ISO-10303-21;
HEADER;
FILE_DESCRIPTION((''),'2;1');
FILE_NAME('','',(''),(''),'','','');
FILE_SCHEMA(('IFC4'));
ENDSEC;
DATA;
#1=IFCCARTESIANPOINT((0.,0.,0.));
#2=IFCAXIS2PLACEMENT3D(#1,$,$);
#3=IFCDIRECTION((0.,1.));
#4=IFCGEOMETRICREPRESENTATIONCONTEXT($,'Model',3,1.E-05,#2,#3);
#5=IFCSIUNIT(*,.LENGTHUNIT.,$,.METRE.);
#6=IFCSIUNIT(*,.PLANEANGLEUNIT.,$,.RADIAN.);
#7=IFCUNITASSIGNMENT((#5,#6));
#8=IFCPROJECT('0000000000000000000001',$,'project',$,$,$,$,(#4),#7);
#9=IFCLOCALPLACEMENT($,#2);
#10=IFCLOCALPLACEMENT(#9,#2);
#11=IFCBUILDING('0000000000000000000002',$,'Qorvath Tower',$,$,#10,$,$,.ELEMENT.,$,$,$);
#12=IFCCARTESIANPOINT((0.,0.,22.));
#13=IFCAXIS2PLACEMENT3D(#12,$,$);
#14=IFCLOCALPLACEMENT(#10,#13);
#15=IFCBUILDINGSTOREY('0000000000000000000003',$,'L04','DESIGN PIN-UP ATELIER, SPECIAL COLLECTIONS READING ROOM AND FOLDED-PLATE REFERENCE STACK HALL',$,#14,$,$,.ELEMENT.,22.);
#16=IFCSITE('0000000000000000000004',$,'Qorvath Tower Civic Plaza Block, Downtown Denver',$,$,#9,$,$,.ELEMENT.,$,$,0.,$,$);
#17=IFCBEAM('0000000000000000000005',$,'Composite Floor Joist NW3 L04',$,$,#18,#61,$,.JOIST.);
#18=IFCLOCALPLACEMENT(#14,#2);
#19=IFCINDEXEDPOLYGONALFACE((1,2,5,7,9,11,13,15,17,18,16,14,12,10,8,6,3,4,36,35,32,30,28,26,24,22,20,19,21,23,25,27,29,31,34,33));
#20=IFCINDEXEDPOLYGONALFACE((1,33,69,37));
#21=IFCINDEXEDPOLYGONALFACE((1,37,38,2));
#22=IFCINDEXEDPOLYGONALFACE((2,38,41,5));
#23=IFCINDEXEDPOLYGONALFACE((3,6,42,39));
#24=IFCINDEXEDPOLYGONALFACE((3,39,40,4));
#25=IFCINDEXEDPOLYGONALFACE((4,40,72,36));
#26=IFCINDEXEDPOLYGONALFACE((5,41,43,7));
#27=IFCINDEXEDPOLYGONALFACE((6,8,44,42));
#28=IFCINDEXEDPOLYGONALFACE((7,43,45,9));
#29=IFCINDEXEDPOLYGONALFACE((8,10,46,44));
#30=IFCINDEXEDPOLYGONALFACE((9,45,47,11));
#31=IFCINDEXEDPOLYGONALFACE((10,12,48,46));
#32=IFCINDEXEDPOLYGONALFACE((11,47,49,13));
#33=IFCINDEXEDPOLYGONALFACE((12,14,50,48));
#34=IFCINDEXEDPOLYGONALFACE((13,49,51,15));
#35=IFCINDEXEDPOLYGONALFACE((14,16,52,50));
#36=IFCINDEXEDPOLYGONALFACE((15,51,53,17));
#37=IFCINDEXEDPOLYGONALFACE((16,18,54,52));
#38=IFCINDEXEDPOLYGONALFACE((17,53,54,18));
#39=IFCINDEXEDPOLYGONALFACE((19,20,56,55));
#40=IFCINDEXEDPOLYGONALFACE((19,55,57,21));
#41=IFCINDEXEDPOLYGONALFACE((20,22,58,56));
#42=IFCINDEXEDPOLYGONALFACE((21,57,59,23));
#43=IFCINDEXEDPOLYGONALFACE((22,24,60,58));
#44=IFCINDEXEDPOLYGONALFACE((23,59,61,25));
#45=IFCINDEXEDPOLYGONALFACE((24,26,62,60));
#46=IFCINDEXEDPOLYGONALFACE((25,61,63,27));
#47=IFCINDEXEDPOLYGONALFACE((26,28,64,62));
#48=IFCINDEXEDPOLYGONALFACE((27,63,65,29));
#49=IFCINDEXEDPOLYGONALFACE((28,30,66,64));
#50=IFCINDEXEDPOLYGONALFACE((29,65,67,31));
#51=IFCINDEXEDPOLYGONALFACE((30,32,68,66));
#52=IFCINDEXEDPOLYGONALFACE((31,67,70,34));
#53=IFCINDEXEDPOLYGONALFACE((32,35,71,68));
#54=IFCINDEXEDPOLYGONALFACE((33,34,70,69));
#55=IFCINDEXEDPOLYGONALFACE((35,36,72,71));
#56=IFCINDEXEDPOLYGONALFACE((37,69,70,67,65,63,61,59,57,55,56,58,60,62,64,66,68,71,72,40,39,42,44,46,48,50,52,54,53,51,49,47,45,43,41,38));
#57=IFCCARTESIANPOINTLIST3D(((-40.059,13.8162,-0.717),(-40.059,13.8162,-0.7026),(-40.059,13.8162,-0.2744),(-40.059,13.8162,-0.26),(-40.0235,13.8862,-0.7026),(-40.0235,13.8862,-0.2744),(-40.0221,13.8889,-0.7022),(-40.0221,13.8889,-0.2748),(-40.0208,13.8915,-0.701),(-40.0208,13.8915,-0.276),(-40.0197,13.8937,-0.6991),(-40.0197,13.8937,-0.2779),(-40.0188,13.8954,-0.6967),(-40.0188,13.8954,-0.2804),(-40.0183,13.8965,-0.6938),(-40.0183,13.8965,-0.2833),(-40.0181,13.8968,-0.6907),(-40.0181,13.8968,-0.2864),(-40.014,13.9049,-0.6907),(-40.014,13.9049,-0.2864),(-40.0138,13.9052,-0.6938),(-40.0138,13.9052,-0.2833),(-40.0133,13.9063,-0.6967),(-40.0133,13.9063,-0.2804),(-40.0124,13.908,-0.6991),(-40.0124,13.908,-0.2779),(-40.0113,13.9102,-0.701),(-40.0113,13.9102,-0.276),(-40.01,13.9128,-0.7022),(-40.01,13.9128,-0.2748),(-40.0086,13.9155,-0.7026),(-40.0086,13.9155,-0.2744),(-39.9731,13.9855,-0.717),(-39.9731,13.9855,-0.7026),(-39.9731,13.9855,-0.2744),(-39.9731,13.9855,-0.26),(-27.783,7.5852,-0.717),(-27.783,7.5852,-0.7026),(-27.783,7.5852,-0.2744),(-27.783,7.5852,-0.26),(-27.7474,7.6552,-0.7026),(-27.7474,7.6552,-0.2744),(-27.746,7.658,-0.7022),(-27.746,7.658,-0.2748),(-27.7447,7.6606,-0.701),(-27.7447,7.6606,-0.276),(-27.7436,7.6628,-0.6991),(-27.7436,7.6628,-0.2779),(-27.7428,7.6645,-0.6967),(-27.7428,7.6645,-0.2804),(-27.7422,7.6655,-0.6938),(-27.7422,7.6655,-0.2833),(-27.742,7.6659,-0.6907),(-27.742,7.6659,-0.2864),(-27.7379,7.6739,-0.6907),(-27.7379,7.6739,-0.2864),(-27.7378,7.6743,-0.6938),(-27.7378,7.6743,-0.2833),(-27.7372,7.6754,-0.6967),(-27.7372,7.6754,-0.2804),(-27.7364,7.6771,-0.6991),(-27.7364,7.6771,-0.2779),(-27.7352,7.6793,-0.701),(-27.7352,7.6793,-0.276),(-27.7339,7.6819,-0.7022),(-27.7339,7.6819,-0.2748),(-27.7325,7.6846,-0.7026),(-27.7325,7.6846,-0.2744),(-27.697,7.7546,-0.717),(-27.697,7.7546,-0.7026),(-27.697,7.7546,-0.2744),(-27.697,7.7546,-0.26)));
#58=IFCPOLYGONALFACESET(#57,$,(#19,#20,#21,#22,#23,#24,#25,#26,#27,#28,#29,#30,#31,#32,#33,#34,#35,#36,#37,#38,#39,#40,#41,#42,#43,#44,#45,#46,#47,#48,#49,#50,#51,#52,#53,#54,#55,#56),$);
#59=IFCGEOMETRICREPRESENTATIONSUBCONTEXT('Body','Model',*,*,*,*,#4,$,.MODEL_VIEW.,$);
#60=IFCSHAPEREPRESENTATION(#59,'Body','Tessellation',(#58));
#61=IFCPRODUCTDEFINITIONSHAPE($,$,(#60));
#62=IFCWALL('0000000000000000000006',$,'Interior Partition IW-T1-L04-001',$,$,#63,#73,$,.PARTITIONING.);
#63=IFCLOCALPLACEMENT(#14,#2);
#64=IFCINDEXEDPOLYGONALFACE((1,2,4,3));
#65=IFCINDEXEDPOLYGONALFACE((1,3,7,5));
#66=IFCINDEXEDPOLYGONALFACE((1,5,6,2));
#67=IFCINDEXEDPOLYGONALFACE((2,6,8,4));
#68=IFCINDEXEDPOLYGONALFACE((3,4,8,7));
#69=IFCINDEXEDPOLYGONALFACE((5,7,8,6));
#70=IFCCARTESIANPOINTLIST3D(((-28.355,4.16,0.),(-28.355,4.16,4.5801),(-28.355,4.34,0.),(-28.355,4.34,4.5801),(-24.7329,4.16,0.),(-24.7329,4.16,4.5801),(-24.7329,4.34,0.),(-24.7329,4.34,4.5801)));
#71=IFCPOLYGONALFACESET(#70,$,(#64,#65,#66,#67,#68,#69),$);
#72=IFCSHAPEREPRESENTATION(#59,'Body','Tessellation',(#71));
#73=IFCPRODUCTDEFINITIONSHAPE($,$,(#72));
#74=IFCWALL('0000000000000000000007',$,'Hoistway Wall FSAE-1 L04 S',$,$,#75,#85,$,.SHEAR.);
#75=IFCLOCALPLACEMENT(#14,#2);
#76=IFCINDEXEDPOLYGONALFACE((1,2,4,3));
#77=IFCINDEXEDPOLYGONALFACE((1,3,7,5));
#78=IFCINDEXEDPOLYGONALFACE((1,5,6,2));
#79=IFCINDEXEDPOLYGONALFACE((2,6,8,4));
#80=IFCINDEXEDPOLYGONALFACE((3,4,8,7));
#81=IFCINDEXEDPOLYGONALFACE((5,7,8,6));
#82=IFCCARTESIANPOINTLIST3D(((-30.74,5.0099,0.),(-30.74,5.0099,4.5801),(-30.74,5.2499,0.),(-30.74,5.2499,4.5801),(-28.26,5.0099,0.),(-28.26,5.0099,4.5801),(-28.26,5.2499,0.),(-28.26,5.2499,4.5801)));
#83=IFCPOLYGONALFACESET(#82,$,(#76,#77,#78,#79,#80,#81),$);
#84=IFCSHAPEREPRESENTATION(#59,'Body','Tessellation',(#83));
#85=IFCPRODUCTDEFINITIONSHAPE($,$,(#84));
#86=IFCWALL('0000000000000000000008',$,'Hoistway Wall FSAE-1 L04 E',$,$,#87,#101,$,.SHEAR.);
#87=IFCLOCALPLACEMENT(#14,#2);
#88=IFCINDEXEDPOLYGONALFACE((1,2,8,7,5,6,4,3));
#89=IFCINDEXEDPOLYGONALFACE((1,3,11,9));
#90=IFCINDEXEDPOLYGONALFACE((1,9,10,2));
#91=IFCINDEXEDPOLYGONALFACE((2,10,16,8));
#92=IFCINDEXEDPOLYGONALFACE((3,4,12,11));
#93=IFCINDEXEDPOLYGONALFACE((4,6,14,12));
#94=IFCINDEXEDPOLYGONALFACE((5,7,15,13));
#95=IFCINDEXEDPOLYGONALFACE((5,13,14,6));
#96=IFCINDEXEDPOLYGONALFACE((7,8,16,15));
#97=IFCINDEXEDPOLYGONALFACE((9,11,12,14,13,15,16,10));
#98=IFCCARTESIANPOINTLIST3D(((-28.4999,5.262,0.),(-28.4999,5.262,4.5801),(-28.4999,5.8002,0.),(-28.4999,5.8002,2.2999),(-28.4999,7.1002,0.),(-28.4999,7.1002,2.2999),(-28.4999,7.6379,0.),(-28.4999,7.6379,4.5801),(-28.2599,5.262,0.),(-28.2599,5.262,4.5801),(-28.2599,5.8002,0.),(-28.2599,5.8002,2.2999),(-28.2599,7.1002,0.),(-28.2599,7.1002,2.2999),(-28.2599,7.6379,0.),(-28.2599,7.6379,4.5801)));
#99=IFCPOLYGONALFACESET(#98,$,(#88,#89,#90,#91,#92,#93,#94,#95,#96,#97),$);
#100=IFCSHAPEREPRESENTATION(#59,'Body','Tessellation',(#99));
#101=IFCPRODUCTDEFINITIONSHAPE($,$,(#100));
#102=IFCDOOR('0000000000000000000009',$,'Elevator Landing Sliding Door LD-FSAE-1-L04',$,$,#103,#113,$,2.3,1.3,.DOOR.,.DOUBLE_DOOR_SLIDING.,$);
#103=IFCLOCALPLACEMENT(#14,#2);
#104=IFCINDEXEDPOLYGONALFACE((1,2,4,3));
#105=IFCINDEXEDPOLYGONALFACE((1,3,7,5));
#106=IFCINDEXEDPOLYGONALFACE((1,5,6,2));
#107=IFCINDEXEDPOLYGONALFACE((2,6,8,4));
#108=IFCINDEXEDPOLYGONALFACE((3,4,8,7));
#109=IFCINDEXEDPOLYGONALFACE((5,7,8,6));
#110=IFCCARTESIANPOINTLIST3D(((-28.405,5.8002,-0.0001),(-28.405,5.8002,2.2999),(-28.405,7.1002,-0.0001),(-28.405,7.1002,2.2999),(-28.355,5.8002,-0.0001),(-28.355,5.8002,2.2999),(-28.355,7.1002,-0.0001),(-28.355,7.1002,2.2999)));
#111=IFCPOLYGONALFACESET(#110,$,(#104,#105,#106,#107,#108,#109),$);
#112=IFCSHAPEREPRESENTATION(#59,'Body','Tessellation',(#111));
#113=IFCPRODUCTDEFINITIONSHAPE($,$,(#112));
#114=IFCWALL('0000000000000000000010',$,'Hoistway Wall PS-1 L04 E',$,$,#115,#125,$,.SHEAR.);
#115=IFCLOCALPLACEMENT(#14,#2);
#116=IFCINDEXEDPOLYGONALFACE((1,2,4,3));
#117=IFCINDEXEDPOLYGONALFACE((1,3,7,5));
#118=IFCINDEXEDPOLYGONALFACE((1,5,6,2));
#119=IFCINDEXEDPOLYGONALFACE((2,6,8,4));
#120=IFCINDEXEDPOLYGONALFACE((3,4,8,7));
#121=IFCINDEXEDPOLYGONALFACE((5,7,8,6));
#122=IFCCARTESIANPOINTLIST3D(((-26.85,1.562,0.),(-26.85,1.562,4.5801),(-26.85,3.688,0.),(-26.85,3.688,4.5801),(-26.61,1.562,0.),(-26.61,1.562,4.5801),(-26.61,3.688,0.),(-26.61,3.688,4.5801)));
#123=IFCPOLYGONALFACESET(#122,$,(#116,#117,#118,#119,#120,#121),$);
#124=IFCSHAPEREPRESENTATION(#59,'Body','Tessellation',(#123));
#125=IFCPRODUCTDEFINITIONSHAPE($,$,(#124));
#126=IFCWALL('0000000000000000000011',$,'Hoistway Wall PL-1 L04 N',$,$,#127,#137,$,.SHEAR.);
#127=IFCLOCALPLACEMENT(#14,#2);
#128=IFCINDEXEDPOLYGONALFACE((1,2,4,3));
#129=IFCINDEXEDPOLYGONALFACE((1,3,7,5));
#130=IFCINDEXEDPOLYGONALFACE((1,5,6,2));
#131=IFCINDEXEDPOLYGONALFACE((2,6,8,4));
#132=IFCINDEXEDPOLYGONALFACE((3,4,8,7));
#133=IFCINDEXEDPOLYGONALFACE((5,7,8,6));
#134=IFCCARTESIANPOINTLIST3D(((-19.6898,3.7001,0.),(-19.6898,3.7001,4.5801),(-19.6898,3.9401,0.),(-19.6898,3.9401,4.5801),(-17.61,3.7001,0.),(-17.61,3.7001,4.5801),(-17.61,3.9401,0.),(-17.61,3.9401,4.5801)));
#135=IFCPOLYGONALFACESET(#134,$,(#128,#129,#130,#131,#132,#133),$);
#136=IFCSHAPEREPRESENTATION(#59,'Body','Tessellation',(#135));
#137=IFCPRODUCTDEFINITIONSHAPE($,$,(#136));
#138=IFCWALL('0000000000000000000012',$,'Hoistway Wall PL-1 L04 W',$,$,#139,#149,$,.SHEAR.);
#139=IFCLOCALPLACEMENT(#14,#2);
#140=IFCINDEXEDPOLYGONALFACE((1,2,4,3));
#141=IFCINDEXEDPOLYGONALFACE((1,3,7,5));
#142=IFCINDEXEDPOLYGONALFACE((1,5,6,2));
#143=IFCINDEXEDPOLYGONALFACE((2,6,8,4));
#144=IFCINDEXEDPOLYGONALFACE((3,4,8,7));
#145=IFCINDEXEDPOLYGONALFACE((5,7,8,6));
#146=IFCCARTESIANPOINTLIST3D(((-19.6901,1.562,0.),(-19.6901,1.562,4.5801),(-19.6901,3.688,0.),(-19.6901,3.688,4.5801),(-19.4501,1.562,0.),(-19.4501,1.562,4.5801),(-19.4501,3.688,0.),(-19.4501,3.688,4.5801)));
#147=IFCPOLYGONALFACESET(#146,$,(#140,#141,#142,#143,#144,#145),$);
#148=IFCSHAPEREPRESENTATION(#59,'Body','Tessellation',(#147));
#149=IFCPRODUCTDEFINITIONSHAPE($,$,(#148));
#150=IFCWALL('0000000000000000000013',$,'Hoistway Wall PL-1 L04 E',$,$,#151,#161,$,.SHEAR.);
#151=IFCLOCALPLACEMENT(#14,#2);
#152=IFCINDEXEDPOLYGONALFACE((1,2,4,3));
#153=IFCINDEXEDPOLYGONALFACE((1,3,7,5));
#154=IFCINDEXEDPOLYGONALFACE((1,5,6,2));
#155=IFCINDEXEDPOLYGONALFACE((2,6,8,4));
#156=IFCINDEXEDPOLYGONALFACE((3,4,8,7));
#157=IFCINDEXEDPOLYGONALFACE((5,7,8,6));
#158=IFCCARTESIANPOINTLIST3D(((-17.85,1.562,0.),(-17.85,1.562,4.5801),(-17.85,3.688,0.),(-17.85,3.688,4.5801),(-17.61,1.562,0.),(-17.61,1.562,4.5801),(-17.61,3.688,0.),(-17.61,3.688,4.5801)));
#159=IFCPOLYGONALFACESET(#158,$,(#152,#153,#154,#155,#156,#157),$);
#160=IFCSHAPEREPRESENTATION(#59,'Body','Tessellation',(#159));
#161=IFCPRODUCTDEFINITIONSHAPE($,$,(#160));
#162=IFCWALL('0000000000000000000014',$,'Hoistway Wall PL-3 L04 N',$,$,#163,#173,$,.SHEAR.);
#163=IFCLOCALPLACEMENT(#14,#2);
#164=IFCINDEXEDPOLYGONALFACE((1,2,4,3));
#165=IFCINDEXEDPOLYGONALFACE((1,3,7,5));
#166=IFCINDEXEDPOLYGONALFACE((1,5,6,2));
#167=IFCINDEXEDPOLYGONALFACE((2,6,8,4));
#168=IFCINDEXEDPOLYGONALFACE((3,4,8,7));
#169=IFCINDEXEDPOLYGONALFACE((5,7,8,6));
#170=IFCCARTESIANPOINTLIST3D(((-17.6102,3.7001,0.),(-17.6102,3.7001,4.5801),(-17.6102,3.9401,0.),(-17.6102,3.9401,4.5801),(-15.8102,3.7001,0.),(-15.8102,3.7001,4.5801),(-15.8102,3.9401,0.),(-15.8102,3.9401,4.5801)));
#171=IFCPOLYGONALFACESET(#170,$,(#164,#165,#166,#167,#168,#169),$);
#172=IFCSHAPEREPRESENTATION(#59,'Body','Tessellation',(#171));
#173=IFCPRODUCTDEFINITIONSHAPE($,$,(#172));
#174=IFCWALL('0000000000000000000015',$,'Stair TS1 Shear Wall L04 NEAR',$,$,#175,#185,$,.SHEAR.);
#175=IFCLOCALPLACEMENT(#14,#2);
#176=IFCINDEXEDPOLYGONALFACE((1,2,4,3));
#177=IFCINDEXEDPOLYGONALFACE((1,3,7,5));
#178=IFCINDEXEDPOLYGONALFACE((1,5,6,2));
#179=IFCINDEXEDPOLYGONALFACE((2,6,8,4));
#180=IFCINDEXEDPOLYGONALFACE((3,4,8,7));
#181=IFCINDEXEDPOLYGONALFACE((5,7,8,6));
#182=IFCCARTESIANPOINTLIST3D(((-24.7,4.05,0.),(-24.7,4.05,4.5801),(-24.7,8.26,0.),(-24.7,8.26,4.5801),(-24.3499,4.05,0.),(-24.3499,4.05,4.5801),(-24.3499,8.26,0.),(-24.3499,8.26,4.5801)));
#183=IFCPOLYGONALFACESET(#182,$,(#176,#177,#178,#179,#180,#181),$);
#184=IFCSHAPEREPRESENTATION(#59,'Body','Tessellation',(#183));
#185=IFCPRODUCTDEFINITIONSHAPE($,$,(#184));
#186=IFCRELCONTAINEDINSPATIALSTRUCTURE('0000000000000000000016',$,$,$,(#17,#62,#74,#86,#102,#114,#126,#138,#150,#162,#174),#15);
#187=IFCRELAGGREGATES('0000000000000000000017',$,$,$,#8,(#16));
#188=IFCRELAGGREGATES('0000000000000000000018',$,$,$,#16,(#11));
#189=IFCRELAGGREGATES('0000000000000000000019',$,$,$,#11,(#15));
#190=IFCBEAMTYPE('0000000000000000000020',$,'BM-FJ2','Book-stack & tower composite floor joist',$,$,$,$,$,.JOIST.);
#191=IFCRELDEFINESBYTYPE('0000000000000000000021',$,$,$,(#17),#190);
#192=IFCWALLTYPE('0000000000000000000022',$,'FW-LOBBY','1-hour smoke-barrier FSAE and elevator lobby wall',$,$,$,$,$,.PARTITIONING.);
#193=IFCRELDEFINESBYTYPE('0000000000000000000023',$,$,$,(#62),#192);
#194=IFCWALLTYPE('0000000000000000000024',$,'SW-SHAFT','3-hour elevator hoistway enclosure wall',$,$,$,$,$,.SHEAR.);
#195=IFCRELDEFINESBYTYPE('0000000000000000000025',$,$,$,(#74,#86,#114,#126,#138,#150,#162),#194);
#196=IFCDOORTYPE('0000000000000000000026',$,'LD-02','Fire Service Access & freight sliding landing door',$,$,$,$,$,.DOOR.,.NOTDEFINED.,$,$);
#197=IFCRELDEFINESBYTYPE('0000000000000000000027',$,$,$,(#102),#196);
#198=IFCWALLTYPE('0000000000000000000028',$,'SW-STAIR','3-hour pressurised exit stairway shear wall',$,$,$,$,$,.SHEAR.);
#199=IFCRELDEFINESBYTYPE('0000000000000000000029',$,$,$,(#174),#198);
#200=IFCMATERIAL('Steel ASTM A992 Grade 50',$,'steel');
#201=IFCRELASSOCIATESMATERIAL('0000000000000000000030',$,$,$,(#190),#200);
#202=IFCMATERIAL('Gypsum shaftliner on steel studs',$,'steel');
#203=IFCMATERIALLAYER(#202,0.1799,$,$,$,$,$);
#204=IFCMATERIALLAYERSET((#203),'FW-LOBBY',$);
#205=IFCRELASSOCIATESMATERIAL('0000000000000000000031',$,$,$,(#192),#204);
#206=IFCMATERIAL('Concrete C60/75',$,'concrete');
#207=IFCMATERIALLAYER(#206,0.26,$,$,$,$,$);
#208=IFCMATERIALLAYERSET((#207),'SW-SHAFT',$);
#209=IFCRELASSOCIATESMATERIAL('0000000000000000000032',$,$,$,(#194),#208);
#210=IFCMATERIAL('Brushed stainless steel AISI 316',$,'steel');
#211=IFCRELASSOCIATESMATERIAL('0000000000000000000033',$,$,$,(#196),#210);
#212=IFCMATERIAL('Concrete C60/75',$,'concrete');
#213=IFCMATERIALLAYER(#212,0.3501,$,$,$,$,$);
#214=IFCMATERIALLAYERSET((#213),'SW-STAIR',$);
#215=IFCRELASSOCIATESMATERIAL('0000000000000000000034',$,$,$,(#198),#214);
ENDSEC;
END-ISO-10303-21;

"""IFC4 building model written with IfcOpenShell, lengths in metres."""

from ifc_helpers import new_model, si_unit, direction, frame, frame_2d, origin, origin_2d, place, context, subcontext, project, spatial, rectangle, i_section, extrude, material, layer, layer_set, material_profile, profile_set, type_object, element, fill, save


model = new_model("IFC4")

# Units and contexts
model_context = context("Model", 3, precision=1e-05, world=origin(), true_north=direction((0.0, 1.0)))
body_context = subcontext(model_context, "Body", "Model", "MODEL_VIEW")
ifc_project = project(units=[si_unit("LENGTHUNIT", "METRE"), si_unit("PLANEANGLEUNIT", "RADIAN")], contexts=[model_context])

# Site, building, storey
site_placement = place(None, origin())
site = spatial("IfcSite", under=ifc_project, at=site_placement, Name="Qorvath Tower Civic Plaza Block, Downtown Denver", CompositionType="ELEMENT", RefElevation=0.0)
building_placement = place(site_placement, origin())
building = spatial("IfcBuilding", under=site, at=building_placement, Name="Qorvath Tower", CompositionType="ELEMENT")
storey_placement = place(building_placement, frame((0.0, 0.0, 22.0)))
storey = spatial("IfcBuildingStorey", under=building, at=storey_placement, Name="L04", Description="DESIGN PIN-UP ATELIER, SPECIAL COLLECTIONS READING ROOM AND FOLDED-PLATE REFERENCE STACK HALL", CompositionType="ELEMENT", Elevation=22.0)

# Beam
ifc_material_1 = material(Name="Steel ASTM A992 Grade 50", Category="steel")
ifc_material_profile = material_profile(ifc_material_1, i_section(OverallWidth=0.1899, OverallDepth=0.457, WebThickness=0.009, FlangeThickness=0.0144, FilletRadius=0.012, at=origin_2d()), Name="W18x50")
ifc_profile_set = profile_set([ifc_material_profile], Name="Steel ASTM A992 Grade 50")
beam_type = type_object("IfcBeamType", Name="BM-FJ2", Description="Book-stack & tower composite floor joist", PredefinedType="JOIST", material=ifc_profile_set)
beam_placement = place(storey_placement, frame((-27.74, 7.6699, -0.4885), z_axis=(-0.891712, 0.452604, 0.0), x_axis=(-0.452604, -0.891712, 0.0)))
element("IfcBeam", 1, at=beam_placement, inside=storey, type_object=beam_type, Name="Composite Floor Joist NW3 L04", PredefinedType="JOIST", context=body_context, shape_type="SweptSolid", body=[
    extrude(i_section(OverallWidth=0.1899, OverallDepth=0.457, WebThickness=0.009, FlangeThickness=0.0144, FilletRadius=0.012, at=origin_2d()), origin(), (0.0, 0.0, 1.0), 13.7668),
])

# Wall
ifc_material_2 = material(Name="Gypsum shaftliner on steel studs", Category="steel")
ifc_layer_1 = layer(ifc_material_2, 0.1799)
ifc_layer_set_1 = layer_set([ifc_layer_1], Name="FW-LOBBY")
wall_type_1 = type_object("IfcWallType", Name="FW-LOBBY", Description="1-hour smoke-barrier FSAE and elevator lobby wall", PredefinedType="PARTITIONING", material=ifc_layer_set_1)
wall_1_placement = place(storey_placement, frame((-28.355, 4.25, 0.0), z_axis=(0.0, 0.0, 1.0), x_axis=(1.0, 0.0, 0.0)))
element("IfcWall", 2, at=wall_1_placement, inside=storey, type_object=wall_type_1, Name="Interior Partition IW-T1-L04-001", PredefinedType="PARTITIONING", context=body_context, shape_type="SweptSolid", body=[
    extrude(rectangle(XDim=3.6221, YDim=0.1799, at=frame_2d((1.811, 0.0))), origin(), (0.0, 0.0, 1.0), 4.5801),
])

# Wall
ifc_material_3 = material(Name="Concrete C60/75", Category="concrete")
ifc_layer_2 = layer(ifc_material_3, 0.26)
ifc_layer_set_2 = layer_set([ifc_layer_2], Name="SW-SHAFT")
wall_type_2 = type_object("IfcWallType", Name="SW-SHAFT", Description="3-hour elevator hoistway enclosure wall", PredefinedType="SHEAR", material=ifc_layer_set_2)
wall_2_placement = place(storey_placement, frame((-28.26, 5.1299, 0.0), z_axis=(0.0, 0.0, 1.0), x_axis=(-1.0, 0.0, 0.0)))
element("IfcWall", 3, at=wall_2_placement, inside=storey, type_object=wall_type_2, Name="Hoistway Wall FSAE-1 L04 S", PredefinedType="SHEAR", context=body_context, shape_type="SweptSolid", body=[
    extrude(rectangle(XDim=2.48, YDim=0.24, at=frame_2d((1.24, 0.0))), origin(), (0.0, 0.0, 1.0), 4.5801),
])

# Wall, opening, door
wall_3_placement = place(storey_placement, frame((-28.3799, 7.6379, 0.0), z_axis=(0.0, 0.0, 1.0), x_axis=(0.0, -1.0, 0.0)))
wall_3 = element("IfcWall", 4, at=wall_3_placement, inside=storey, type_object=wall_type_2, Name="Hoistway Wall FSAE-1 L04 E", PredefinedType="SHEAR", context=body_context, shape_type="SweptSolid", body=[
    extrude(rectangle(XDim=2.376, YDim=0.24, at=frame_2d((1.188, 0.0))), origin(), (0.0, 0.0, 1.0), 4.5801),
])
opening_1_placement = place(wall_3_placement, frame((0.5378, 0.0, 0.0)))
opening_1 = element("IfcOpeningElement", 5, at=opening_1_placement, cuts=wall_3, PredefinedType="OPENING", context=body_context, shape_type="SweptSolid", body=[
    extrude(rectangle(XDim=1.3, YDim=2.3, at=frame_2d((0.6499, 1.1499))), frame((0.0, 0.1299, 0.0), z_axis=(0.0, -1.0, 0.0), x_axis=(1.0, 0.0, 0.0)), (0.0, 0.0, 1.0), 0.26),
])
ifc_material_4 = material(Name="Brushed stainless steel AISI 316", Category="steel")
door_type_1 = type_object("IfcDoorType", Name="LD-02", Description="Fire Service Access & freight sliding landing door", OperationType="NOTDEFINED", PredefinedType="DOOR", material=ifc_material_4)
door_1_placement = place(opening_1_placement, origin())
door_1 = element("IfcDoor", 6, at=door_1_placement, inside=storey, type_object=door_type_1, Name="Elevator Landing Sliding Door LD-FSAE-1-L04", OperationType="DOUBLE_DOOR_SLIDING", OverallHeight=2.3, OverallWidth=1.3, PredefinedType="DOOR", context=body_context, shape_type="SweptSolid", body=[
    extrude(rectangle(XDim=1.3, YDim=2.3, at=frame_2d((0.6499, 1.1499))), frame((0.0, 0.0249, 0.0), z_axis=(0.0, -1.0, 0.0), x_axis=(1.0, 0.0, 0.0)), (0.0, 0.0, 1.0), 0.05),
])
fill(opening_1, door_1)

# Walls
wall_4_placement = place(storey_placement, frame((-26.73, 3.688, 0.0), z_axis=(0.0, 0.0, 1.0), x_axis=(0.0, -1.0, 0.0)))
element("IfcWall", 7, at=wall_4_placement, inside=storey, type_object=wall_type_2, Name="Hoistway Wall PS-1 L04 E", PredefinedType="SHEAR", context=body_context, shape_type="SweptSolid", body=[
    extrude(rectangle(XDim=2.126, YDim=0.24, at=frame_2d((1.063, 0.0))), origin(), (0.0, 0.0, 1.0), 4.5801),
])
wall_5_placement = place(storey_placement, frame((-19.6899, 3.8201, 0.0), z_axis=(0.0, 0.0, 1.0), x_axis=(1.0, 0.0, 0.0)))
element("IfcWall", 8, at=wall_5_placement, inside=storey, type_object=wall_type_2, Name="Hoistway Wall PL-1 L04 N", PredefinedType="SHEAR", context=body_context, shape_type="SweptSolid", body=[
    extrude(rectangle(XDim=2.0798, YDim=0.24, at=frame_2d((1.04, 0.0))), origin(), (0.0, 0.0, 1.0), 4.5801),
])
for number, where, z_axis, x_axis, name in (
    (9, (-19.5701, 1.562, 0.0), (0.0, 0.0, 1.0), (0.0, 1.0, 0.0), "Hoistway Wall PL-1 L04 W"),
    (10, (-17.73, 3.688, 0.0), (0.0, 0.0, 1.0), (0.0, -1.0, 0.0), "Hoistway Wall PL-1 L04 E"),
):
    element("IfcWall", number, at=place(storey_placement, frame(where, z_axis=z_axis, x_axis=x_axis)), inside=storey, type_object=wall_type_2, Name=name, PredefinedType="SHEAR", context=body_context, shape_type="SweptSolid", body=[
        extrude(rectangle(XDim=2.126, YDim=0.24, at=frame_2d((1.063, 0.0))), origin(), (0.0, 0.0, 1.0), 4.5801),
    ])
wall_6_placement = place(storey_placement, frame((-17.6101, 3.8201, 0.0), z_axis=(0.0, 0.0, 1.0), x_axis=(1.0, 0.0, 0.0)))
element("IfcWall", 11, at=wall_6_placement, inside=storey, type_object=wall_type_2, Name="Hoistway Wall PL-3 L04 N", PredefinedType="SHEAR", context=body_context, shape_type="SweptSolid", body=[
    extrude(rectangle(XDim=1.8, YDim=0.24, at=frame_2d((0.8999, 0.0))), origin(), (0.0, 0.0, 1.0), 4.5801),
])
ifc_material_5 = material(Name="Concrete C60/75", Category="concrete")
ifc_layer_3 = layer(ifc_material_5, 0.3501)
ifc_layer_set_3 = layer_set([ifc_layer_3], Name="SW-STAIR")
wall_type_3 = type_object("IfcWallType", Name="SW-STAIR", Description="3-hour pressurised exit stairway shear wall", PredefinedType="SHEAR", material=ifc_layer_set_3)
wall_7_placement = place(storey_placement, frame((-24.5249, 8.26, 0.0), z_axis=(0.0, 0.0, 1.0), x_axis=(0.0, -1.0, 0.0)))
element("IfcWall", 12, at=wall_7_placement, inside=storey, type_object=wall_type_3, Name="Stair TS1 Shear Wall L04 NEAR", PredefinedType="SHEAR", context=body_context, shape_type="SweptSolid", body=[
    extrude(rectangle(XDim=4.21, YDim=0.3501, at=frame_2d((2.105, 0.0))), origin(), (0.0, 0.0, 1.0), 4.5801),
])

save(model, "model.ifc")
